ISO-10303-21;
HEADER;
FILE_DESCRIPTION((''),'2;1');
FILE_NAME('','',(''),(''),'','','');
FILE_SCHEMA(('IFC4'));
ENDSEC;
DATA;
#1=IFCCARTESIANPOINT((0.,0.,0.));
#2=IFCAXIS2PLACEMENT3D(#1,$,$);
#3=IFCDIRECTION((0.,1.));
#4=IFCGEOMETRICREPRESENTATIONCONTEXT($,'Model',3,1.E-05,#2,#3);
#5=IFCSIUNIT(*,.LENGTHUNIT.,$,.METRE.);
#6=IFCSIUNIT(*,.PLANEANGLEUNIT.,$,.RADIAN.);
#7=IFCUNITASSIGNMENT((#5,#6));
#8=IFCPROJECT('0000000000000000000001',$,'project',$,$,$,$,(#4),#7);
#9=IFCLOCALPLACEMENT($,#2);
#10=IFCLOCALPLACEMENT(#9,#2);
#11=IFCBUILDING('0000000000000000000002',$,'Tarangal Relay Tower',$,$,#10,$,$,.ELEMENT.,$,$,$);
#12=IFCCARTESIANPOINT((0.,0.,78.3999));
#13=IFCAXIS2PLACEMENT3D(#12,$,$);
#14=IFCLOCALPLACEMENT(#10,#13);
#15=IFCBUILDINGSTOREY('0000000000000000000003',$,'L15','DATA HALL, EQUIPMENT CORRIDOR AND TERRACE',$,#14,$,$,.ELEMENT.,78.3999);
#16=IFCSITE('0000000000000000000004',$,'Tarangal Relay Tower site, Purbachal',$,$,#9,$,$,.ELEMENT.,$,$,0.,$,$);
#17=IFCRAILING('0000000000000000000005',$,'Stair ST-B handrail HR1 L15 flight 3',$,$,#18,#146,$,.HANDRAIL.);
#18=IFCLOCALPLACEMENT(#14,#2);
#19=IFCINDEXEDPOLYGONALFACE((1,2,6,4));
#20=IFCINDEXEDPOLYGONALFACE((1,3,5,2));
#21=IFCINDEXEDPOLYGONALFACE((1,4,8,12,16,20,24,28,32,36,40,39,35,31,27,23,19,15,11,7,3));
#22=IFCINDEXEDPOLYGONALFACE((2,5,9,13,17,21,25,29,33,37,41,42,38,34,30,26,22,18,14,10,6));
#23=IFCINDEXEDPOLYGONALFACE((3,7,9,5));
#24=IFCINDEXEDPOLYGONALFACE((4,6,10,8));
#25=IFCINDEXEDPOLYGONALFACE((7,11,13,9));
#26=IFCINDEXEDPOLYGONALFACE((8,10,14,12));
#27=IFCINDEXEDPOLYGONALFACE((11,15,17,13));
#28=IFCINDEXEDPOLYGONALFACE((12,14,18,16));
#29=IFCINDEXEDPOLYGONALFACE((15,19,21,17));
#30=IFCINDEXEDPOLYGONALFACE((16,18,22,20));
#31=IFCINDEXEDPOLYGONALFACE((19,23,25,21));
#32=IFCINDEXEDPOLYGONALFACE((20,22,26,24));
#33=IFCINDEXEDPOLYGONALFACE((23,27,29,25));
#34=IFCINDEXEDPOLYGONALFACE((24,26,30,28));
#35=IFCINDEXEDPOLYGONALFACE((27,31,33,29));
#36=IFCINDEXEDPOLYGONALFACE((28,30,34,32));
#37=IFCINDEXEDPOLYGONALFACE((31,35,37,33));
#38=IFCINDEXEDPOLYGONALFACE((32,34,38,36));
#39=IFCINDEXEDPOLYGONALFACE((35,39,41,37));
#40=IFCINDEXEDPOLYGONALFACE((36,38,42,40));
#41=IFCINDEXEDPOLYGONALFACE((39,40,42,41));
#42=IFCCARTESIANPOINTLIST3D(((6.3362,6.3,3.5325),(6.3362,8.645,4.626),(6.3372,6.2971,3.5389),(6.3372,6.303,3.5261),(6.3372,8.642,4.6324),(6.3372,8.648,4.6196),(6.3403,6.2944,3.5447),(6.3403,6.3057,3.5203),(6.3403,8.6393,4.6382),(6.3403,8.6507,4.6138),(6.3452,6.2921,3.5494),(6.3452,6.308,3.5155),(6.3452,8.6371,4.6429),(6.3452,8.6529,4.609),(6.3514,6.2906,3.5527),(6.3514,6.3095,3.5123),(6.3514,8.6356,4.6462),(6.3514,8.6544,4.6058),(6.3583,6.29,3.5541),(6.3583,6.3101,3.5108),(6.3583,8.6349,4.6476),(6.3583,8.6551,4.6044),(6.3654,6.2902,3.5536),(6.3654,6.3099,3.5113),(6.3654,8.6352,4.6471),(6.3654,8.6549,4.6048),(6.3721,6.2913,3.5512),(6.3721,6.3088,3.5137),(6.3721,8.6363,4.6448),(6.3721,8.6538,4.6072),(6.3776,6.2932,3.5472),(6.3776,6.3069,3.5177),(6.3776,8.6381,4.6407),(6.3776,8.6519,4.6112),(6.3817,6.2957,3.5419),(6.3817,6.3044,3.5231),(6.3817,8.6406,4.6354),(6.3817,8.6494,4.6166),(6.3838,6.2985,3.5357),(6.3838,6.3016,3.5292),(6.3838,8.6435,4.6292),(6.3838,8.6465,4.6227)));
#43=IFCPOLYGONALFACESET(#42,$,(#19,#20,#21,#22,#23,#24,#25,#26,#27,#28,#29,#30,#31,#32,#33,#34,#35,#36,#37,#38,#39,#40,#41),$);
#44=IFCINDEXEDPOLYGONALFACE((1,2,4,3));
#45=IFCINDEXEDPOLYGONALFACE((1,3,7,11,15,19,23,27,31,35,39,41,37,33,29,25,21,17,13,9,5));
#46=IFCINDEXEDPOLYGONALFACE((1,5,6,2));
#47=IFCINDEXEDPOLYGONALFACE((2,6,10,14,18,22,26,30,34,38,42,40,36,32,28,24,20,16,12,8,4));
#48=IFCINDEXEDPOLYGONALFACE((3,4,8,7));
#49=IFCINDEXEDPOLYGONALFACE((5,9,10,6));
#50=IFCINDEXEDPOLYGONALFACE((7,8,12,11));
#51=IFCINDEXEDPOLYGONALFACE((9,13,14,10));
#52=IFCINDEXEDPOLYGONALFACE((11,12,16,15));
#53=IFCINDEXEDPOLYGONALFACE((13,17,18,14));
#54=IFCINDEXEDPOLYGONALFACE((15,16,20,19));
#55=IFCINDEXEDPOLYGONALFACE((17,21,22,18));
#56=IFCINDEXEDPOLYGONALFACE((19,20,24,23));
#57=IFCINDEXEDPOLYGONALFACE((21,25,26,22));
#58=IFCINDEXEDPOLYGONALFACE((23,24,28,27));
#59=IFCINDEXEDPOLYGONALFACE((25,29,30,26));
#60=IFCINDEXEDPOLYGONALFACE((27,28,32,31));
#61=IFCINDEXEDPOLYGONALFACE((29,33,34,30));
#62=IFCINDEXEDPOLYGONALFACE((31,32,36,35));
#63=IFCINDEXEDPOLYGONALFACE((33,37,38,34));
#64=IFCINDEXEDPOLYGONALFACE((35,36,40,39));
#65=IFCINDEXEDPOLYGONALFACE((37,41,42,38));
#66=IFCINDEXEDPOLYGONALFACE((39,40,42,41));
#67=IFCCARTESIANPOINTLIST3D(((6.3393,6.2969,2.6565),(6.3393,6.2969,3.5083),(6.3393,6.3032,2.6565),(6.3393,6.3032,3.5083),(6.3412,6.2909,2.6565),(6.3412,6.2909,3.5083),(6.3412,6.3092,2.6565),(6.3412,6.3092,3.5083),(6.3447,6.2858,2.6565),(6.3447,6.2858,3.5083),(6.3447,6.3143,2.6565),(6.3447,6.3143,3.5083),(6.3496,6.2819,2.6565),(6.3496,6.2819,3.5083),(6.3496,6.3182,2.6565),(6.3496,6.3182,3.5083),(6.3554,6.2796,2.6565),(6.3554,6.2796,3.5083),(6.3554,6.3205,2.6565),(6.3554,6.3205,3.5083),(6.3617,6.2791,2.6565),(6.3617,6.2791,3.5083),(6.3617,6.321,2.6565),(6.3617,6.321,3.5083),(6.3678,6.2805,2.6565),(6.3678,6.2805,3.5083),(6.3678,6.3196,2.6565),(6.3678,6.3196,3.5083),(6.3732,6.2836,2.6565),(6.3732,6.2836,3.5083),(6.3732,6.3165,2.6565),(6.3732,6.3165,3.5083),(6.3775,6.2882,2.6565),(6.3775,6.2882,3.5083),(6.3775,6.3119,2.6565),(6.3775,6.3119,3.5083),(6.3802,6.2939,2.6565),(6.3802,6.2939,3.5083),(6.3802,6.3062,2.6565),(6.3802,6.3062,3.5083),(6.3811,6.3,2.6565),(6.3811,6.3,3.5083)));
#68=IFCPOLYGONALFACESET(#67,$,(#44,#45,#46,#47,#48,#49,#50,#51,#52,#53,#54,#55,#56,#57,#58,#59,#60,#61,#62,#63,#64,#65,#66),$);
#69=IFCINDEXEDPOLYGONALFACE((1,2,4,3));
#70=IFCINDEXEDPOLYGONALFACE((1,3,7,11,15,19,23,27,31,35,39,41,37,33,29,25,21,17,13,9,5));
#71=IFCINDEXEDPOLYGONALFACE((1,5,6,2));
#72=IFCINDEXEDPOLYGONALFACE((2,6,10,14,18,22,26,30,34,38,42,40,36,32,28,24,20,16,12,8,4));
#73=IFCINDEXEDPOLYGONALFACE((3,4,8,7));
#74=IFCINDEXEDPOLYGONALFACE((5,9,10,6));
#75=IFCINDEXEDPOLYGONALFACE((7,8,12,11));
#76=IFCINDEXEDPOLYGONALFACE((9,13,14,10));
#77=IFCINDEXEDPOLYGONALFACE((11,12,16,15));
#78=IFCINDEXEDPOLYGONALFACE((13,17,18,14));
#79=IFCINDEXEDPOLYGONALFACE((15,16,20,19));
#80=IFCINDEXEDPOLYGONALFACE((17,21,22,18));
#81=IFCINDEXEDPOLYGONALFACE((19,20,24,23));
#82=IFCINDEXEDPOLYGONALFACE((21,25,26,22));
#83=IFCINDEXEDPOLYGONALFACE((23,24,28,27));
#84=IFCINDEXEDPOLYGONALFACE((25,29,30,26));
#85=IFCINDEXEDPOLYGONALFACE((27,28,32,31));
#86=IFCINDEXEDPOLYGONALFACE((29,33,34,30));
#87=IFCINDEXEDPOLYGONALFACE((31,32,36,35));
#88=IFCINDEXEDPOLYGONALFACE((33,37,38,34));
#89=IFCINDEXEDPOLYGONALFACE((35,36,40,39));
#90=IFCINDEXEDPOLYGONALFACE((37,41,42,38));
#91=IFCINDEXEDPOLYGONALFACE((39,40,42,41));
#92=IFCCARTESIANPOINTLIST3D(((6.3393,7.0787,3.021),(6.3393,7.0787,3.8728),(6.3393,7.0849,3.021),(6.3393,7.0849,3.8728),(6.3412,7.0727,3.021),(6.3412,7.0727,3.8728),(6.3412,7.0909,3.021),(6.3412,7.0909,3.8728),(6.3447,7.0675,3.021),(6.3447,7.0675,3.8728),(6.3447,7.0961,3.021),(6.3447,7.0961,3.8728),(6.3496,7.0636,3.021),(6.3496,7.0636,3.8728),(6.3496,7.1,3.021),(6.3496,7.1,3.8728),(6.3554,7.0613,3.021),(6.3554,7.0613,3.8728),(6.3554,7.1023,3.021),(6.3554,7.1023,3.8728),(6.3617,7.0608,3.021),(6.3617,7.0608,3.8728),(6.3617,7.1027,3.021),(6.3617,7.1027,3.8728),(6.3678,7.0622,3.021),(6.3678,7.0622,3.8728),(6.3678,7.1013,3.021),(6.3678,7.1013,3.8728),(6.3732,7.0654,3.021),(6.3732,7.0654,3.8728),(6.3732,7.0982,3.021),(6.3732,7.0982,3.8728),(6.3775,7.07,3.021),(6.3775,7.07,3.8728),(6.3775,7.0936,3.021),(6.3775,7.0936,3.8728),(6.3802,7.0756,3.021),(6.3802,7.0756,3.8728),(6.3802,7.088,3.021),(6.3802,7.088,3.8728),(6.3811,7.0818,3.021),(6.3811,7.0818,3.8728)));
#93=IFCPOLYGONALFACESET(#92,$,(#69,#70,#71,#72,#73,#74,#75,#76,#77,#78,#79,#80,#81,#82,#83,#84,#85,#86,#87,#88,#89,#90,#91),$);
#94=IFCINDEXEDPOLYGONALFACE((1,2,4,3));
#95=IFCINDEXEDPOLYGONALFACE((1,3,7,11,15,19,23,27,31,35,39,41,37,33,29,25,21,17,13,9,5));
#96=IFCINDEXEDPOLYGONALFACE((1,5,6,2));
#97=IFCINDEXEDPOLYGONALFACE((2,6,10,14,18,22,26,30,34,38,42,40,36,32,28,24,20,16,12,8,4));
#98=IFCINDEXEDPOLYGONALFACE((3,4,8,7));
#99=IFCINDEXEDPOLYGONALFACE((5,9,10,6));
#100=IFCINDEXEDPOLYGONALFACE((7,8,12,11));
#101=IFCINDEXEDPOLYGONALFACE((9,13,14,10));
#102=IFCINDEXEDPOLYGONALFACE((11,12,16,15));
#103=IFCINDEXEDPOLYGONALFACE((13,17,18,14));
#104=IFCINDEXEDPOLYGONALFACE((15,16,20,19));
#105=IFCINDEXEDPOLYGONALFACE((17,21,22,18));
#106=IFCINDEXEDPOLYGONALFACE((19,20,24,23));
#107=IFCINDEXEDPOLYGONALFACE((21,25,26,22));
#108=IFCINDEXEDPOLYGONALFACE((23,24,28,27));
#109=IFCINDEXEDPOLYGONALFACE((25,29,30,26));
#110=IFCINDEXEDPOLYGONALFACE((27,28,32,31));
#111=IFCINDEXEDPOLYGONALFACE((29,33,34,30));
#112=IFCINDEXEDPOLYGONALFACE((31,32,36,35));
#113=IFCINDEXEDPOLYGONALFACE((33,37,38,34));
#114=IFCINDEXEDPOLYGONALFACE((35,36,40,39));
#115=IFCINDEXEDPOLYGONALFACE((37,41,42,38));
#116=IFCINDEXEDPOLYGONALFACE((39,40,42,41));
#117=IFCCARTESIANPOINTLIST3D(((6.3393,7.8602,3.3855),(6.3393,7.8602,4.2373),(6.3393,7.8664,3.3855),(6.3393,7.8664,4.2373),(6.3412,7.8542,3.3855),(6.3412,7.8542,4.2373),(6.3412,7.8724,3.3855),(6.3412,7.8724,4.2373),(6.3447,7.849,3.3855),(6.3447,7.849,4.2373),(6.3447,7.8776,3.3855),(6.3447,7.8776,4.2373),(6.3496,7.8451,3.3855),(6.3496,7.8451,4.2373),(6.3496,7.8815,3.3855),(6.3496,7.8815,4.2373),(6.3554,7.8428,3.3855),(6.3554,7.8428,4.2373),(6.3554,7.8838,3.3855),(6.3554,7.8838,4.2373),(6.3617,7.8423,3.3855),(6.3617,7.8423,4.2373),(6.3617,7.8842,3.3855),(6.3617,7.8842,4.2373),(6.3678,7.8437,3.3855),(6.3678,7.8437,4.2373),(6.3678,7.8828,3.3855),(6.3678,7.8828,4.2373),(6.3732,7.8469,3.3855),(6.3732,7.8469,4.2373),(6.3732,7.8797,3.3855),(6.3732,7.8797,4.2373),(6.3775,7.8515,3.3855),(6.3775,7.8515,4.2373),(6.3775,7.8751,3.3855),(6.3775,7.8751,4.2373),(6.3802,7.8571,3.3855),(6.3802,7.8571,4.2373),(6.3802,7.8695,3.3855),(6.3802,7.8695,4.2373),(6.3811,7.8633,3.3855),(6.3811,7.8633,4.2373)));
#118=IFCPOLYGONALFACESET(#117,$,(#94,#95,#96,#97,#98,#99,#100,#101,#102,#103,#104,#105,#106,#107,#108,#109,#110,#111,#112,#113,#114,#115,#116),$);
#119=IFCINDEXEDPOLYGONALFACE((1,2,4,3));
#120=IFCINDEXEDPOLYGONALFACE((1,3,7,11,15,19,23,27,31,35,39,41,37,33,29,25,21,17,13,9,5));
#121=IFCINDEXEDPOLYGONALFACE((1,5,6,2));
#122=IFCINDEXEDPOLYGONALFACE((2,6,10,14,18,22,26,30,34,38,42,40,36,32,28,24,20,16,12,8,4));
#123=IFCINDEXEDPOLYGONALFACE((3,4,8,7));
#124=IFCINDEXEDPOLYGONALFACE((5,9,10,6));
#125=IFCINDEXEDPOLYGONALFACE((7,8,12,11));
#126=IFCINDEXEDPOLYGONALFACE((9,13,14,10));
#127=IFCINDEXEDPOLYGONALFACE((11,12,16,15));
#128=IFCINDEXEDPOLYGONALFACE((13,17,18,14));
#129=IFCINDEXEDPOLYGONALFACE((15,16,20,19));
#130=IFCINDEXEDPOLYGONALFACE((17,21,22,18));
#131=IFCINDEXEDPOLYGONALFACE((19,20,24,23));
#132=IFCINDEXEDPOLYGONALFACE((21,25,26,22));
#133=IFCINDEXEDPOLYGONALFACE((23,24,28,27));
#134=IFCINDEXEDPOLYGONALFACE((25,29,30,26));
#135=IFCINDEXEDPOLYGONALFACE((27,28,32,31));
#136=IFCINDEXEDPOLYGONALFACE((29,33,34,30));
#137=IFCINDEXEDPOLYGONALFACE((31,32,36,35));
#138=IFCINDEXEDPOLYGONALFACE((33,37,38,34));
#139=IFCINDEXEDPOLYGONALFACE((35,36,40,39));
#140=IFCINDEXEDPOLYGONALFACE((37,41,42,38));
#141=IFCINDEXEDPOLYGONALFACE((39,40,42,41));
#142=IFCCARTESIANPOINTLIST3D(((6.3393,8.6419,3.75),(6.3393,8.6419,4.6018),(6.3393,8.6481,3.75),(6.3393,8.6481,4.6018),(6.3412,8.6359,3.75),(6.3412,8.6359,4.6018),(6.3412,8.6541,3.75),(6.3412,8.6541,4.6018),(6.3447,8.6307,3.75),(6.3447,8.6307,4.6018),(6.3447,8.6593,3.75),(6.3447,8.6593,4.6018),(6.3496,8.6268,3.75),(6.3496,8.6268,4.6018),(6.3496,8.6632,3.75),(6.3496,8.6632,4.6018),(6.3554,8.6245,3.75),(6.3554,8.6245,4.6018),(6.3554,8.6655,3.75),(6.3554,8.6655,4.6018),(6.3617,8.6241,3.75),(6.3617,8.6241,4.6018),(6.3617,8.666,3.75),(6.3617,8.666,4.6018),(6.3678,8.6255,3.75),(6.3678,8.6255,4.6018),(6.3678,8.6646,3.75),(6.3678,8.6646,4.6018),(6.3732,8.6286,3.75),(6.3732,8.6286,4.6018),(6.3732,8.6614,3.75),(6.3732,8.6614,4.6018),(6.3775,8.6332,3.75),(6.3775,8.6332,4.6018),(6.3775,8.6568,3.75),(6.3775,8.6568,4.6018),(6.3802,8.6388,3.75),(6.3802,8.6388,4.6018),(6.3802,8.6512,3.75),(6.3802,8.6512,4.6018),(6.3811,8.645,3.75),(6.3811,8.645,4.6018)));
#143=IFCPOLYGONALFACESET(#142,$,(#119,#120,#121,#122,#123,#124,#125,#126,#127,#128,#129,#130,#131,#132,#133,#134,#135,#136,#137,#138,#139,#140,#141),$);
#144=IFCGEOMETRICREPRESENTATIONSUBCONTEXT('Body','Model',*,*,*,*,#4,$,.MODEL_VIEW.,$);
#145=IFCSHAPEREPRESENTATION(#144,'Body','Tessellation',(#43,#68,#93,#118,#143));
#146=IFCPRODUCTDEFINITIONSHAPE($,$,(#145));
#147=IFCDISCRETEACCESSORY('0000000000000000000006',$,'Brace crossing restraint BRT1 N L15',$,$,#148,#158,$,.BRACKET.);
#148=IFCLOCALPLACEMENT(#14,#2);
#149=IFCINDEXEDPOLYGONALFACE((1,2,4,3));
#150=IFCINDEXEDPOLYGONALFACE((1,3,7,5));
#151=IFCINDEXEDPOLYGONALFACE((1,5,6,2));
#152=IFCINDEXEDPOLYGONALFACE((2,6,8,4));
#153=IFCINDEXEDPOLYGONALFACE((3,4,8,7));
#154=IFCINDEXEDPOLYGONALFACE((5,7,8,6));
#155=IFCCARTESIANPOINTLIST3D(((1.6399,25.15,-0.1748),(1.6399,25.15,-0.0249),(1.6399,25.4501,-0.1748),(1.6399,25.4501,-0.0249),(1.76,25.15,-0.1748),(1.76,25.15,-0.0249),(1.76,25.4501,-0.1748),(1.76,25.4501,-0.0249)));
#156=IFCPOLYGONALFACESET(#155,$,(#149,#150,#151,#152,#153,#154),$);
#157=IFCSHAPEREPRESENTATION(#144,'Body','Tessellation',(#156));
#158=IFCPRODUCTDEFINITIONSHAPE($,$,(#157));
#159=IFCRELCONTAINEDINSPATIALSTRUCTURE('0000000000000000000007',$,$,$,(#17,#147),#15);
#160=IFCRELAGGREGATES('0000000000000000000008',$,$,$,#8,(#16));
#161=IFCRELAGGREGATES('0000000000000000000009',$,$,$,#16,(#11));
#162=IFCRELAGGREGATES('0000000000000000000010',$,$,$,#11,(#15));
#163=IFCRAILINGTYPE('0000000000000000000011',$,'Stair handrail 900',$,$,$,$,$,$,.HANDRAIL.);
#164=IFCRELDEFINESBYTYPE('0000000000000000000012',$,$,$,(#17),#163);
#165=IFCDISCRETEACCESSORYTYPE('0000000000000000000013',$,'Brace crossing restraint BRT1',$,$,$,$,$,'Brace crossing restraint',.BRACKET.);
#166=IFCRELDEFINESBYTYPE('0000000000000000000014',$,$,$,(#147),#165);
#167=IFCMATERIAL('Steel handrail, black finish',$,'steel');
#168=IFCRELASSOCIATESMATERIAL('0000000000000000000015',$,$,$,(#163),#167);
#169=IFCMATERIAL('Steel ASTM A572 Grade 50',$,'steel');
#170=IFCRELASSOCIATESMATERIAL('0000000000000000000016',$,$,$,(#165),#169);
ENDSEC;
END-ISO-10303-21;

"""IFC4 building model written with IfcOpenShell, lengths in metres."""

from ifc_helpers import new_model, si_unit, direction, frame, origin, origin_2d, place, context, subcontext, project, spatial, rectangle, circle, extrude, material, type_object, element, save


model = new_model("IFC4")

# Units and contexts
model_context = context("Model", 3, precision=1e-05, world=origin(), true_north=direction((0.0, 1.0)))
body_context = subcontext(model_context, "Body", "Model", "MODEL_VIEW")
ifc_project = project(units=[si_unit("LENGTHUNIT", "METRE"), si_unit("PLANEANGLEUNIT", "RADIAN")], contexts=[model_context])

# Site, building, storey
site_placement = place(None, origin())
site = spatial("IfcSite", under=ifc_project, at=site_placement, Name="Tarangal Relay Tower site, Purbachal", CompositionType="ELEMENT", RefElevation=0.0)
building_placement = place(site_placement, origin())
building = spatial("IfcBuilding", under=site, at=building_placement, Name="Tarangal Relay Tower", CompositionType="ELEMENT")
storey_placement = place(building_placement, frame((0.0, 0.0, 78.3999)))
storey = spatial("IfcBuildingStorey", under=building, at=storey_placement, Name="L15", Description="DATA HALL, EQUIPMENT CORRIDOR AND TERRACE", CompositionType="ELEMENT", Elevation=78.3999)

# Shared definitions
ifc_material_1 = material(Name="Steel ASTM A572 Grade 50", Category="steel")

# Railing
ifc_material_2 = material(Name="Steel handrail, black finish", Category="steel")
railing_type_1 = type_object("IfcRailingType", Name="Stair handrail 900", PredefinedType="HANDRAIL", material=ifc_material_2)
for number, where, name in (
    (1, (6.3601, 6.3, 2.6565), "Stair ST-B handrail HR1 L15 flight 3"),
):
    element("IfcRailing", number, at=place(storey_placement, frame(where)), inside=storey, type_object=railing_type_1, Name=name, PredefinedType="HANDRAIL", context=body_context, shape_type="SweptSolid", body=[
        extrude(circle(Radius=0.0239, at=origin_2d()), frame((0.0, 0.0, 0.876), z_axis=(0.0, 0.906304, 0.422627), x_axis=(-1.0, 0.0, 0.0)), (0.0, 0.0, 1.0), 2.5874),
        extrude(circle(Radius=0.021, at=origin_2d()), origin(), (0.0, 0.0, 1.0), 0.8518),
        extrude(circle(Radius=0.021, at=origin_2d()), frame((0.0, 0.7817, 0.3645)), (0.0, 0.0, 1.0), 0.8518),
        extrude(circle(Radius=0.021, at=origin_2d()), frame((0.0, 1.5632, 0.729)), (0.0, 0.0, 1.0), 0.8518),
        extrude(circle(Radius=0.021, at=origin_2d()), frame((0.0, 2.345, 1.0935)), (0.0, 0.0, 1.0), 0.8518),
    ])

# Discrete accessory
discrete_accessory_type = type_object("IfcDiscreteAccessoryType", Name="Brace crossing restraint BRT1", ElementType="Brace crossing restraint", PredefinedType="BRACKET", material=ifc_material_1)
discrete_accessory_placement = place(storey_placement, frame((1.7, 25.3, -0.1748), z_axis=(0.0, 0.0, 1.0), x_axis=(1.0, 0.0, 0.0)))
element("IfcDiscreteAccessory", 2, at=discrete_accessory_placement, inside=storey, type_object=discrete_accessory_type, Name="Brace crossing restraint BRT1 N L15", PredefinedType="BRACKET", context=body_context, shape_type="SweptSolid", body=[
    extrude(rectangle(XDim=0.1201, YDim=0.3, at=origin_2d()), origin(), (0.0, 0.0, 1.0), 0.1499),
])

save(model, "model.ifc")
